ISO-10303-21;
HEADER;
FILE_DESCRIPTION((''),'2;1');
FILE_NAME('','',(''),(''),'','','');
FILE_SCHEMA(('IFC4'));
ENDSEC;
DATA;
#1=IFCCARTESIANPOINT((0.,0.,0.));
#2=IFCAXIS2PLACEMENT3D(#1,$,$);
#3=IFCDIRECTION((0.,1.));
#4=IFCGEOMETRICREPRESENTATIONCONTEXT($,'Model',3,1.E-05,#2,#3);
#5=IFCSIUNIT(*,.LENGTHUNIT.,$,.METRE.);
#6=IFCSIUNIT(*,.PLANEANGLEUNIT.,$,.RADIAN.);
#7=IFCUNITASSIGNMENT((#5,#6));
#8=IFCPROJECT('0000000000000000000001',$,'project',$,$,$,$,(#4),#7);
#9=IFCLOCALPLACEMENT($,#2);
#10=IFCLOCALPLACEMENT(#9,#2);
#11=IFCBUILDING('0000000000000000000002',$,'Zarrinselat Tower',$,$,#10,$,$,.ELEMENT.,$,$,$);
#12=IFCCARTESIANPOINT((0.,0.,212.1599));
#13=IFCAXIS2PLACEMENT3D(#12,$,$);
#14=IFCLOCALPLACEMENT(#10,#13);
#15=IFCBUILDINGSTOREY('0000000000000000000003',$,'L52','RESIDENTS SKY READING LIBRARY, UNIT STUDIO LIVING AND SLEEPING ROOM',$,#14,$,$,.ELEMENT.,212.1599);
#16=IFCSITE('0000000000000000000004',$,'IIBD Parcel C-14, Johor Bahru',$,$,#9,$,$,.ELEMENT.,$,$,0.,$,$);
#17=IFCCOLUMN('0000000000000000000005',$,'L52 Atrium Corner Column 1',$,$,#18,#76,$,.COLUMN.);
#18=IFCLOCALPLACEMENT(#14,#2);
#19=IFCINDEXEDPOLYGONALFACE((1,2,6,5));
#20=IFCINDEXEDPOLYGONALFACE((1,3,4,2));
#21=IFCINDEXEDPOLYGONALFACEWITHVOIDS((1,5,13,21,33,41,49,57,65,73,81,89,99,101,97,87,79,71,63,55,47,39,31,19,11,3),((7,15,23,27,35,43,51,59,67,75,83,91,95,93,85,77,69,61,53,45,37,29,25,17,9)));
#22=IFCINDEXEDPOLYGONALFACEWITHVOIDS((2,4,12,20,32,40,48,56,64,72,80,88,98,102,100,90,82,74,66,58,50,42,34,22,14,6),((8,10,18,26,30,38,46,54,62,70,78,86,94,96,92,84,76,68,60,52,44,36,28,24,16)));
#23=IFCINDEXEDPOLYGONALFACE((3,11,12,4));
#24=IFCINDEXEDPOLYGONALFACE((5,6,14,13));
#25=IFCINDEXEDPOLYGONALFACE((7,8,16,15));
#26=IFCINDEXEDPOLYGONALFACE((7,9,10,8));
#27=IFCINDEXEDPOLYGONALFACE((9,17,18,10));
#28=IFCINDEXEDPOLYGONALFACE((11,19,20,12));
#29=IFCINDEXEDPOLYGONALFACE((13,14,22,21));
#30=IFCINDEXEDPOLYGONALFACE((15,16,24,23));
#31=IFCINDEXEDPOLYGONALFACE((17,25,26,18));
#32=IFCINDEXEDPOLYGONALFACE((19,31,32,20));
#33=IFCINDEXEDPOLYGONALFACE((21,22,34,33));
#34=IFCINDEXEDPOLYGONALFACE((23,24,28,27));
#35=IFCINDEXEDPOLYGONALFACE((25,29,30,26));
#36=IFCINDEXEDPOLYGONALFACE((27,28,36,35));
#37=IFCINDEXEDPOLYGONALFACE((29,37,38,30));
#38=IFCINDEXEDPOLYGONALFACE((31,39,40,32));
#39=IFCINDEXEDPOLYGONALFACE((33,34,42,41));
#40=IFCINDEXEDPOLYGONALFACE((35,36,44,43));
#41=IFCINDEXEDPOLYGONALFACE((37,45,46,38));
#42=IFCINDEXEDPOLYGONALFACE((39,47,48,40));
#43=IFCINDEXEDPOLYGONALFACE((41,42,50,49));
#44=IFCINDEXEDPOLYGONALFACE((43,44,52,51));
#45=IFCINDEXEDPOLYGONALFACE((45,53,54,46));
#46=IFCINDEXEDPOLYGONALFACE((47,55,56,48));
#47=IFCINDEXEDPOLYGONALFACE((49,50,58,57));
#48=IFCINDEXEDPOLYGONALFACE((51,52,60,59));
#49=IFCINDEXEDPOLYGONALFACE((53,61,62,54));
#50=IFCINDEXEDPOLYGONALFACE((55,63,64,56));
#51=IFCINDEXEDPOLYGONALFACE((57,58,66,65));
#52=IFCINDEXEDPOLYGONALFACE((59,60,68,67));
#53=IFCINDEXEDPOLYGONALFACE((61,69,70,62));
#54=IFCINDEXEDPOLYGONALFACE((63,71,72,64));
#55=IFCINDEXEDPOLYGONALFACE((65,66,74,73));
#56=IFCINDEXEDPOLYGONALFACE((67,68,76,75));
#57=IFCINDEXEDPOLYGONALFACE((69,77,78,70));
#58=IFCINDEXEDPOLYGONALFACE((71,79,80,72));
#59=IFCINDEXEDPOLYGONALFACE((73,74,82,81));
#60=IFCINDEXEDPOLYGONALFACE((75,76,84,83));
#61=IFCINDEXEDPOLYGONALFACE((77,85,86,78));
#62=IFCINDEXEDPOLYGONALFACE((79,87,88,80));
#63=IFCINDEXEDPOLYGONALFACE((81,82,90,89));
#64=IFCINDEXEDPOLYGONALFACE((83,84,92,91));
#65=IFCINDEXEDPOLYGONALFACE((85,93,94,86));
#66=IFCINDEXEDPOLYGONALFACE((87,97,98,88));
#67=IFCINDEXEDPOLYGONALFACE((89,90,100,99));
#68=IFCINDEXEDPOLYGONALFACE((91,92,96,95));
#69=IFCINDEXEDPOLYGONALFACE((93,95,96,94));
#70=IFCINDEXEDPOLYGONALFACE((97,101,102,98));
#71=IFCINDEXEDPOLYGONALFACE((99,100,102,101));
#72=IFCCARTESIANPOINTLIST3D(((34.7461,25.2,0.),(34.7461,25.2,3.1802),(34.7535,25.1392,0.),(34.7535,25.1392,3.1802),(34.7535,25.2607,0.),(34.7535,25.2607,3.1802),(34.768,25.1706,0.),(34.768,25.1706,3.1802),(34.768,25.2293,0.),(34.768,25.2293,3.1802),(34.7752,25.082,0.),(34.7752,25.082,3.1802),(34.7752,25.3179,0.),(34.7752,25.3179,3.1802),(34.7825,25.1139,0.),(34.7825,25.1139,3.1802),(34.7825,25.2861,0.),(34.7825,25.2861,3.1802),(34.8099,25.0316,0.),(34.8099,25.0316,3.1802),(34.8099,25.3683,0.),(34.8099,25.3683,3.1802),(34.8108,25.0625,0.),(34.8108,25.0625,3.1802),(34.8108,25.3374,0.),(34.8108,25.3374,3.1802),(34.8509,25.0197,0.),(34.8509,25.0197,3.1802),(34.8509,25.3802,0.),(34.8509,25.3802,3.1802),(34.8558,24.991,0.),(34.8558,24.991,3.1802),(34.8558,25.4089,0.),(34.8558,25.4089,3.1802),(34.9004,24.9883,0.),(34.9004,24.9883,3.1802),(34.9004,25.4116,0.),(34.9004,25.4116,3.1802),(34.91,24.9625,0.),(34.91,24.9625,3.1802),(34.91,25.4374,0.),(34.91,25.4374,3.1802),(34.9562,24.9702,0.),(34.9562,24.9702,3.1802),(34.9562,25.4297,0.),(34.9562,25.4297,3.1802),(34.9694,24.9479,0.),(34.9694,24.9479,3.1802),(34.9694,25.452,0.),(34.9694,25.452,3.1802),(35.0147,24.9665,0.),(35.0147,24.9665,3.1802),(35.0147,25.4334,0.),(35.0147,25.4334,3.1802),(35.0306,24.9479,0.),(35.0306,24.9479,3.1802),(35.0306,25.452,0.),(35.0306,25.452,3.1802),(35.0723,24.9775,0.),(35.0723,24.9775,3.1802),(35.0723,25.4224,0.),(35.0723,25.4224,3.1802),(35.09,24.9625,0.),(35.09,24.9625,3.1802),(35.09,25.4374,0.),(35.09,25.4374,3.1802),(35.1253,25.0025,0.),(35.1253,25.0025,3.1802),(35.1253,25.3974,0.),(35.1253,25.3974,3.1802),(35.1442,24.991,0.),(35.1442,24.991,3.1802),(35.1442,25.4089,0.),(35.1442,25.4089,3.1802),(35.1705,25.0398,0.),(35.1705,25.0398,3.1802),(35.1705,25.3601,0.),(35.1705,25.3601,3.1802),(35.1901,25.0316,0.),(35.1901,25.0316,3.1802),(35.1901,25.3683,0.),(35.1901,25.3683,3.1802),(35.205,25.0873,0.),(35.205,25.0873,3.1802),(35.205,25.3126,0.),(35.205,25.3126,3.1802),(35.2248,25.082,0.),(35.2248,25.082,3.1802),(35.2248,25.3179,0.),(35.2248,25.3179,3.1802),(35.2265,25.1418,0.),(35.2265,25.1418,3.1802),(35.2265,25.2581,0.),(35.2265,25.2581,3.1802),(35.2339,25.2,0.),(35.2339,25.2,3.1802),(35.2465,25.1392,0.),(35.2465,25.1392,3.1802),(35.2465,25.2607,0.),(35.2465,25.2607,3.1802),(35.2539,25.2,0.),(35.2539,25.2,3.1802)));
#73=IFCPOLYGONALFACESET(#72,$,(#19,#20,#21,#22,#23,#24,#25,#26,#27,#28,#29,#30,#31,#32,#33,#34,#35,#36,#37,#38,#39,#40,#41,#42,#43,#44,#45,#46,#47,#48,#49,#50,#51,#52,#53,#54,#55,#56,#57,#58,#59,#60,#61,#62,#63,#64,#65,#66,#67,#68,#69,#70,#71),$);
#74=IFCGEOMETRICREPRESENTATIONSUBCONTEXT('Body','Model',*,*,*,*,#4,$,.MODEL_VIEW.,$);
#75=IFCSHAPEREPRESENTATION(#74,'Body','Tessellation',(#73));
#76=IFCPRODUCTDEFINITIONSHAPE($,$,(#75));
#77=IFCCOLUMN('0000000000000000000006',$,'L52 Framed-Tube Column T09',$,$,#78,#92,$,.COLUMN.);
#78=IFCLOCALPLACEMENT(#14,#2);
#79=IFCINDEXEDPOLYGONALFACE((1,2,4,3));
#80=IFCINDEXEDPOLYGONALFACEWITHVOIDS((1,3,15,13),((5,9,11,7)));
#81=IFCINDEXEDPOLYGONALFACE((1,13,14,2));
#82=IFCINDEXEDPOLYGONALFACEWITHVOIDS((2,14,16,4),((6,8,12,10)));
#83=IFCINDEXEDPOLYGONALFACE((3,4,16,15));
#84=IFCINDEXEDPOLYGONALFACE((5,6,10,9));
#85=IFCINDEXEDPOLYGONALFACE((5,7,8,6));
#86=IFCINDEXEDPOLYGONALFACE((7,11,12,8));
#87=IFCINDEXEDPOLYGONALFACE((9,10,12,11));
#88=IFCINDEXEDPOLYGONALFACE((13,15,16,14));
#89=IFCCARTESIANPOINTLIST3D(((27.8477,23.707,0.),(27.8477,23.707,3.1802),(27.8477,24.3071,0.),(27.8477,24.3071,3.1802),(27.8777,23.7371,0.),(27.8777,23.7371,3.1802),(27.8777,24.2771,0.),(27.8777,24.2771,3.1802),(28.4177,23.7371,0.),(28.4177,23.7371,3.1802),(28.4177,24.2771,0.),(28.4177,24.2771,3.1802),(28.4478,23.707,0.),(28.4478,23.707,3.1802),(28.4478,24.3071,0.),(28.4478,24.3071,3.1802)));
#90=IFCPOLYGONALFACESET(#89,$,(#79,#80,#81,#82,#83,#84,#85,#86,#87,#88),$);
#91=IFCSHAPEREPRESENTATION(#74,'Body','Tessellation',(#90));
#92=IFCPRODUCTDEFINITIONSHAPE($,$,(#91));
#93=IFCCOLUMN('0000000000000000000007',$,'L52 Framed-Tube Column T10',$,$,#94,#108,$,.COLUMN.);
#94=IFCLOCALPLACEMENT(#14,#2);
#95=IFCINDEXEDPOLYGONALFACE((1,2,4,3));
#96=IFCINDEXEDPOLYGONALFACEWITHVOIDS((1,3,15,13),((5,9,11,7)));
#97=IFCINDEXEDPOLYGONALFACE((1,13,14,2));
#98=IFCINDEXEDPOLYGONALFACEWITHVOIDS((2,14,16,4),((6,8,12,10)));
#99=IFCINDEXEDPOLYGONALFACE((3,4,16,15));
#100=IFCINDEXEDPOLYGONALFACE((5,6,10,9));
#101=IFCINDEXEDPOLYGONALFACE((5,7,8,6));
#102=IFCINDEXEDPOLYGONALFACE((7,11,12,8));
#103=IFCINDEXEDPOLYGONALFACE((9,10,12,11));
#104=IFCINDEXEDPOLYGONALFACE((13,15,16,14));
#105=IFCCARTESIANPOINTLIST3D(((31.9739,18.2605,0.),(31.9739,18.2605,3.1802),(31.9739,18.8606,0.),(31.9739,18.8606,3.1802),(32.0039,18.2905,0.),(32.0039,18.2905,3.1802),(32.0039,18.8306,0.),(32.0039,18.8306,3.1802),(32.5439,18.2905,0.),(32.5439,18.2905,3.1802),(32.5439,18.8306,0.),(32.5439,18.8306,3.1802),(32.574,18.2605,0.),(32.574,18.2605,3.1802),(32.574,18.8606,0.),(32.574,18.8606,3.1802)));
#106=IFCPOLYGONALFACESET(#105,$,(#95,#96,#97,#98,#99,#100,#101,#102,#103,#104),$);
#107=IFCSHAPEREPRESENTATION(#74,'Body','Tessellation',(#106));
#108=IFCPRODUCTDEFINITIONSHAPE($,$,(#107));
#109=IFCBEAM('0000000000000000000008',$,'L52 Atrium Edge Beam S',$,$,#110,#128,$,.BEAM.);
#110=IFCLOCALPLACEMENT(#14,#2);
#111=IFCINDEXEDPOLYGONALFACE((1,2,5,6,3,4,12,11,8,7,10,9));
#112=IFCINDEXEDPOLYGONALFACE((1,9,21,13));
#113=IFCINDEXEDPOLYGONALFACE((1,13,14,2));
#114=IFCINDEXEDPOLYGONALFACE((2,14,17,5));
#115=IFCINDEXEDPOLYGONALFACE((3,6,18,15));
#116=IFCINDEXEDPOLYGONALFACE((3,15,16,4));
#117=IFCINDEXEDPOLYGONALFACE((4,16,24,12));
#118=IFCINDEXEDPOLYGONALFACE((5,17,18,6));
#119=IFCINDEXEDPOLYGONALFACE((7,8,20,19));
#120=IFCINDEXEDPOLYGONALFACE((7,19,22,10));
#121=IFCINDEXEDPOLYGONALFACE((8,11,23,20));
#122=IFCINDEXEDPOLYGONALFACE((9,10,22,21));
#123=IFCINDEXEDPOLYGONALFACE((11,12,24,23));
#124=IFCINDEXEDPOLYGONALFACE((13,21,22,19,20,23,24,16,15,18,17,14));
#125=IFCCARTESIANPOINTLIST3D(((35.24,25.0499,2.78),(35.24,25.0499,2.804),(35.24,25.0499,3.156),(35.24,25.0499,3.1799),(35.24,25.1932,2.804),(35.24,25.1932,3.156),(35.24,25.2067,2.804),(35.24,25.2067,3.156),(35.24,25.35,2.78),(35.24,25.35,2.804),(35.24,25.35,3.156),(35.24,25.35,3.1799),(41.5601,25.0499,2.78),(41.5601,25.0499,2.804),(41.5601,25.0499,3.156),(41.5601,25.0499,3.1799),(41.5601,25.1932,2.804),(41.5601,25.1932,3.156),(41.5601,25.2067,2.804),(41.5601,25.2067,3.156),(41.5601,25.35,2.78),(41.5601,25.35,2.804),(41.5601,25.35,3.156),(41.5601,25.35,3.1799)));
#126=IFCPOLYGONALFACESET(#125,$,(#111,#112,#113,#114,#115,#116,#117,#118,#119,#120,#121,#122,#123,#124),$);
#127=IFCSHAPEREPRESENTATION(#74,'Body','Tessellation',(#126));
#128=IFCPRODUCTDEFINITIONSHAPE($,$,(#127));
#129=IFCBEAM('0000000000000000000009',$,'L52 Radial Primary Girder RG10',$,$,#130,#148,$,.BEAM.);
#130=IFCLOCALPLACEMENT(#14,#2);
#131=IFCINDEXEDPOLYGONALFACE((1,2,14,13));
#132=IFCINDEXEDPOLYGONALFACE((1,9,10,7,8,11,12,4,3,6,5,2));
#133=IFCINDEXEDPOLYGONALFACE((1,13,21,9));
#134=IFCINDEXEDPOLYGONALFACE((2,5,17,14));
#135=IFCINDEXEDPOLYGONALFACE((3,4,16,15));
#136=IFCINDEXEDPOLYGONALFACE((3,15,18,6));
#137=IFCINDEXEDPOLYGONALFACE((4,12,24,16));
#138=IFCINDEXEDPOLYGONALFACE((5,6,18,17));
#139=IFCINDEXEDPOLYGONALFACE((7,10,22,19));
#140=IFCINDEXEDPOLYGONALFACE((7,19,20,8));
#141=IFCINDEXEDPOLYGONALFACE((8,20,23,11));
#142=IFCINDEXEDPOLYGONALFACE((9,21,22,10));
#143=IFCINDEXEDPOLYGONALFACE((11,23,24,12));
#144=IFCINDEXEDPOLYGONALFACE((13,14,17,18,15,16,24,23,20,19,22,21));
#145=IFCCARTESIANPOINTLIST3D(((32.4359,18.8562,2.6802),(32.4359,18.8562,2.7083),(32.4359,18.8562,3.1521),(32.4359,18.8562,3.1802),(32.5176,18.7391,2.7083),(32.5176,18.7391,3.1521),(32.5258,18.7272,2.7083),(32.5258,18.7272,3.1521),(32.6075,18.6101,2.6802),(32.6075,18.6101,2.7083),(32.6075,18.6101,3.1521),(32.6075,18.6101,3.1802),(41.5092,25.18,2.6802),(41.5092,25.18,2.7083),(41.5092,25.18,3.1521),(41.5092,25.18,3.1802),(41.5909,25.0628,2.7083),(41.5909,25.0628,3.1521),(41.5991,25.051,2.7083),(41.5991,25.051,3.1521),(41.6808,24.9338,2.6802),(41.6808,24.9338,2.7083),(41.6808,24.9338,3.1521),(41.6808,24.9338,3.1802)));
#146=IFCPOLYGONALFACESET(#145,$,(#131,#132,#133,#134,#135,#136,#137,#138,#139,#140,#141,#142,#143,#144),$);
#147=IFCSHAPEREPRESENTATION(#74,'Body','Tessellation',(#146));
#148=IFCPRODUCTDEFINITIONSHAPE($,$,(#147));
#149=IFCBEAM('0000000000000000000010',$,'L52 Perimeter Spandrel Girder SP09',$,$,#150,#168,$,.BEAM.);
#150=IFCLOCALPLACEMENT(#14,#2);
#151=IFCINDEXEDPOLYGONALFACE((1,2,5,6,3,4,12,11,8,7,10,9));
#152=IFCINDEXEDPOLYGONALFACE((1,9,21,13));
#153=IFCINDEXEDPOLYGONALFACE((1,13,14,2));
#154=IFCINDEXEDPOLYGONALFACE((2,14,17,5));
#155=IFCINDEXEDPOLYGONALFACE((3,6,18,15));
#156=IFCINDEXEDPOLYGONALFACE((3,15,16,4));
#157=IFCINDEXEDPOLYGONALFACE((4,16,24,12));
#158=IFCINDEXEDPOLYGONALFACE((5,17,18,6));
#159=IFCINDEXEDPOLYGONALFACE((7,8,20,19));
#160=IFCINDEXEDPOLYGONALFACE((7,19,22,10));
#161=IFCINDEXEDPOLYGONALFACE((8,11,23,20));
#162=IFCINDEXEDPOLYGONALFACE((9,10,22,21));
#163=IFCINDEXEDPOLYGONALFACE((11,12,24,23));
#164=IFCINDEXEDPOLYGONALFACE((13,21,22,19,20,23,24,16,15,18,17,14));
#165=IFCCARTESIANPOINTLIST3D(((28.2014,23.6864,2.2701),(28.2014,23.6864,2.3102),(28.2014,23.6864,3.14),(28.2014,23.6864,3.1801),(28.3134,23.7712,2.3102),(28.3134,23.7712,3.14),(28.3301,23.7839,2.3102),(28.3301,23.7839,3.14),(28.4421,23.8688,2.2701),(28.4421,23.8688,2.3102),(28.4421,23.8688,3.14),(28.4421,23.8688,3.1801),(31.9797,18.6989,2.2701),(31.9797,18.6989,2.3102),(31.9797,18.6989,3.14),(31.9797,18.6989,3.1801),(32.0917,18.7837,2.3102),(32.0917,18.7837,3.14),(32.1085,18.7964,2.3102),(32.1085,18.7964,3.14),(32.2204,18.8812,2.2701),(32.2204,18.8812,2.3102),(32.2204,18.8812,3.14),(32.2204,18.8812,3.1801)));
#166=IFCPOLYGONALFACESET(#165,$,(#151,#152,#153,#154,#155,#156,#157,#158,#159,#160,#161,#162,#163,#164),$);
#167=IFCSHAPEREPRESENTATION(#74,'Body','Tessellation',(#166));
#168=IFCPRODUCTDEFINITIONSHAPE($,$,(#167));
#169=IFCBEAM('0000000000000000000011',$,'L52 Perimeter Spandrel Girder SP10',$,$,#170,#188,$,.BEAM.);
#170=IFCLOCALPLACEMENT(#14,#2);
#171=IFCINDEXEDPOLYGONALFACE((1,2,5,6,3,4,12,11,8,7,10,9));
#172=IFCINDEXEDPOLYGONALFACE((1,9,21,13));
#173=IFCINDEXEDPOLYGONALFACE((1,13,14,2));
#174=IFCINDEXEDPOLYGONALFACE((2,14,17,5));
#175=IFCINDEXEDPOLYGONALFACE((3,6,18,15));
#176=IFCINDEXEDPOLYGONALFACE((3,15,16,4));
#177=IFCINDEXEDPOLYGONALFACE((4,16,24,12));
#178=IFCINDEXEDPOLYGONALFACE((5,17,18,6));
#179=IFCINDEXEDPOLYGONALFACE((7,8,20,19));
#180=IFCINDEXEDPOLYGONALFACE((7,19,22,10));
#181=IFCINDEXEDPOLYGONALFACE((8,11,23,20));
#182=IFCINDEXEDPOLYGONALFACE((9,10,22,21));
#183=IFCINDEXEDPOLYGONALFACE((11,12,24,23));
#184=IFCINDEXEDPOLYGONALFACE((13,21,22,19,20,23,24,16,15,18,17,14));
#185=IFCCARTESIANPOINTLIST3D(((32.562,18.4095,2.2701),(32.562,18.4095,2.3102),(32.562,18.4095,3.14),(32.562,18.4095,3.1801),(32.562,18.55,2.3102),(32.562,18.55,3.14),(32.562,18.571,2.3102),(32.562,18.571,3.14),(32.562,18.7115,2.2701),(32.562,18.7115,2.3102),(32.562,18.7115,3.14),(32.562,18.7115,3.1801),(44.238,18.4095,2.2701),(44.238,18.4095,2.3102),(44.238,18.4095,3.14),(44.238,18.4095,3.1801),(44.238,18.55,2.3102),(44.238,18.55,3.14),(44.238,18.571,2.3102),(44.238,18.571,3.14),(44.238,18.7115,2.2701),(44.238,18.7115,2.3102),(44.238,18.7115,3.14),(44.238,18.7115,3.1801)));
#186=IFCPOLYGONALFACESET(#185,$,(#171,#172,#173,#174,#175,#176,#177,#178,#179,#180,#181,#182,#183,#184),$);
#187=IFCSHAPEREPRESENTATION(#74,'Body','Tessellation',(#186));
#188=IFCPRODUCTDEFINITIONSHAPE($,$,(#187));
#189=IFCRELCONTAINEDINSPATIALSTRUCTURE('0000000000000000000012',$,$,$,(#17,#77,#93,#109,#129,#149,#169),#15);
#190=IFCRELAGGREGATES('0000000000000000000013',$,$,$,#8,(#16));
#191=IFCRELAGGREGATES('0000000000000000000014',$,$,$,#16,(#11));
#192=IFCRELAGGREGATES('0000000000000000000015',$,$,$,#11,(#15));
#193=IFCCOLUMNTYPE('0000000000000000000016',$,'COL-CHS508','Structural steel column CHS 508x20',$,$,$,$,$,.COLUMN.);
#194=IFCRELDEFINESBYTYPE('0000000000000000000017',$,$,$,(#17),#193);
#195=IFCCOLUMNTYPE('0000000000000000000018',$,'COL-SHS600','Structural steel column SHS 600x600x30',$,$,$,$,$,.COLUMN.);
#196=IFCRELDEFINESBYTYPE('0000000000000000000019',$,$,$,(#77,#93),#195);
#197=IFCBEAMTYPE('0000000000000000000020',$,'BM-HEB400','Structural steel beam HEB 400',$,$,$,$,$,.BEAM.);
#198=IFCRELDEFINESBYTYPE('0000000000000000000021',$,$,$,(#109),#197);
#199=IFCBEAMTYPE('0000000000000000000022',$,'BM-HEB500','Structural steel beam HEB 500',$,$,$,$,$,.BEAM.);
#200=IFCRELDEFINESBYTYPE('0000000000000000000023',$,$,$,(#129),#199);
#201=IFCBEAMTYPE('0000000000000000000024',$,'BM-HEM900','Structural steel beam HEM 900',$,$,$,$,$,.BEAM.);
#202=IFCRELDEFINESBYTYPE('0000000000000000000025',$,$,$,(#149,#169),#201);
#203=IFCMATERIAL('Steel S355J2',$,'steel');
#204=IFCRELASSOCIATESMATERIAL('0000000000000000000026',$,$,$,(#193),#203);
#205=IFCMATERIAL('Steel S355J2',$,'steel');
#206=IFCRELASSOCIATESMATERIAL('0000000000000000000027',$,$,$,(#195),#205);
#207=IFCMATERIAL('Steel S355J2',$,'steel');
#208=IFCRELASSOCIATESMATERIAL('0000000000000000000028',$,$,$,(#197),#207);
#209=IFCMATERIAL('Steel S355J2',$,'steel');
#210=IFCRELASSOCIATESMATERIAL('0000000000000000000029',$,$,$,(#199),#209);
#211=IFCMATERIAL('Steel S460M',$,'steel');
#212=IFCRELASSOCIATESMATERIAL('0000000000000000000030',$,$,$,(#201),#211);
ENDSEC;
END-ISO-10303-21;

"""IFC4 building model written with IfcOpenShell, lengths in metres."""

from ifc_helpers import new_model, si_unit, direction, frame, origin, origin_2d, place, context, subcontext, project, spatial, hollow_rectangle, hollow_circle, i_section, extrude, material, material_profile, profile_set, type_object, element, save


model = new_model("IFC4")

# Units and contexts
model_context = context("Model", 3, precision=1e-05, world=origin(), true_north=direction((0.0, 1.0)))
body_context = subcontext(model_context, "Body", "Model", "MODEL_VIEW")
ifc_project = project(units=[si_unit("LENGTHUNIT", "METRE"), si_unit("PLANEANGLEUNIT", "RADIAN")], contexts=[model_context])

# Site, building, storey
site_placement = place(None, origin())
site = spatial("IfcSite", under=ifc_project, at=site_placement, Name="IIBD Parcel C-14, Johor Bahru", CompositionType="ELEMENT", RefElevation=0.0)
building_placement = place(site_placement, origin())
building = spatial("IfcBuilding", under=site, at=building_placement, Name="Zarrinselat Tower", CompositionType="ELEMENT")
storey_placement = place(building_placement, frame((0.0, 0.0, 212.1599)))
storey = spatial("IfcBuildingStorey", under=building, at=storey_placement, Name="L52", Description="RESIDENTS SKY READING LIBRARY, UNIT STUDIO LIVING AND SLEEPING ROOM", CompositionType="ELEMENT", Elevation=212.1599)

# Columns
ifc_material_1 = material(Name="Steel S355J2", Category="steel")
ifc_material_profile_1 = material_profile(ifc_material_1, hollow_circle(Radius=0.2539, WallThickness=0.02, at=origin_2d()), Name="CHS 508x20")
ifc_profile_set_1 = profile_set([ifc_material_profile_1], Name="Steel S355J2")
column_type_1 = type_object("IfcColumnType", Name="COL-CHS508", Description="Structural steel column CHS 508x20", PredefinedType="COLUMN", material=ifc_profile_set_1)
column_placement = place(storey_placement, frame((35.0, 25.2, 0.0), z_axis=(0.0, 0.0, 1.0), x_axis=(1.0, 0.0, 0.0)))
element("IfcColumn", 1, at=column_placement, inside=storey, type_object=column_type_1, Name="L52 Atrium Corner Column 1", PredefinedType="COLUMN", context=body_context, shape_type="SweptSolid", body=[
    extrude(hollow_circle(Radius=0.2539, WallThickness=0.02, at=origin_2d()), origin(), (0.0, 0.0, 1.0), 3.1802),
])
ifc_material_2 = material(Name="Steel S355J2", Category="steel")
ifc_material_profile_2 = material_profile(ifc_material_2, hollow_rectangle(XDim=0.6001, YDim=0.6001, WallThickness=0.03, at=origin_2d()), Name="SHS 600x600x30")
ifc_profile_set_2 = profile_set([ifc_material_profile_2], Name="Steel S355J2")
column_type_2 = type_object("IfcColumnType", Name="COL-SHS600", Description="Structural steel column SHS 600x600x30", PredefinedType="COLUMN", material=ifc_profile_set_2)
for number, where, z_axis, x_axis, name in (
    (2, (28.1477, 24.0071, 0.0), (0.0, 0.0, 1.0), (1.0, 0.0, 0.0), "L52 Framed-Tube Column T09"),
    (3, (32.2739, 18.5605, 0.0), (0.0, 0.0, 1.0), (1.0, 0.0, 0.0), "L52 Framed-Tube Column T10"),
):
    element("IfcColumn", number, at=place(storey_placement, frame(where, z_axis=z_axis, x_axis=x_axis)), inside=storey, type_object=column_type_2, Name=name, PredefinedType="COLUMN", context=body_context, shape_type="SweptSolid", body=[
        extrude(hollow_rectangle(XDim=0.6001, YDim=0.6001, WallThickness=0.03, at=origin_2d()), origin(), (0.0, 0.0, 1.0), 3.1802),
    ])

# Beams
ifc_material_3 = material(Name="Steel S355J2", Category="steel")
ifc_material_profile_3 = material_profile(ifc_material_3, i_section(OverallWidth=0.3, OverallDepth=0.3999, WebThickness=0.0134, FlangeThickness=0.0239, at=origin_2d()), Name="HEB 400")
ifc_profile_set_3 = profile_set([ifc_material_profile_3], Name="Steel S355J2")
beam_type_1 = type_object("IfcBeamType", Name="BM-HEB400", Description="Structural steel beam HEB 400", PredefinedType="BEAM", material=ifc_profile_set_3)
beam_1_placement = place(storey_placement, frame((35.24, 25.2, 2.98), z_axis=(1.0, 0.0, 0.0), x_axis=(0.0, 1.0, 0.0)))
element("IfcBeam", 4, at=beam_1_placement, inside=storey, type_object=beam_type_1, Name="L52 Atrium Edge Beam S", PredefinedType="BEAM", context=body_context, shape_type="SweptSolid", body=[
    extrude(i_section(OverallWidth=0.3, OverallDepth=0.3999, WebThickness=0.0134, FlangeThickness=0.0239, at=origin_2d()), origin(), (0.0, 0.0, 1.0), 6.3201),
])
ifc_material_4 = material(Name="Steel S355J2", Category="steel")
ifc_material_profile_4 = material_profile(ifc_material_4, i_section(OverallWidth=0.3, OverallDepth=0.5, WebThickness=0.0144, FlangeThickness=0.0281, at=origin_2d()), Name="HEB 500")
ifc_profile_set_4 = profile_set([ifc_material_profile_4], Name="Steel S355J2")
beam_type_2 = type_object("IfcBeamType", Name="BM-HEB500", Description="Structural steel beam HEB 500", PredefinedType="BEAM", material=ifc_profile_set_4)
beam_2_placement = place(storey_placement, frame((32.5217, 18.7332, 2.9302), z_axis=(0.8204, 0.57179, 0.0), x_axis=(-0.57179, 0.8204, 0.0)))
element("IfcBeam", 5, at=beam_2_placement, inside=storey, type_object=beam_type_2, Name="L52 Radial Primary Girder RG10", PredefinedType="BEAM", context=body_context, shape_type="SweptSolid", body=[
    extrude(i_section(OverallWidth=0.3, OverallDepth=0.5, WebThickness=0.0144, FlangeThickness=0.0281, at=origin_2d()), origin(), (0.0, 0.0, 1.0), 11.0596),
])
ifc_material_5 = material(Name="Steel S460M", Category="steel")
ifc_material_profile_5 = material_profile(ifc_material_5, i_section(OverallWidth=0.302, OverallDepth=0.9099, WebThickness=0.021, FlangeThickness=0.04, at=origin_2d()), Name="HEM 900")
ifc_profile_set_5 = profile_set([ifc_material_profile_5], Name="Steel S460M")
beam_type_3 = type_object("IfcBeamType", Name="BM-HEM900", Description="Structural steel beam HEM 900", PredefinedType="BEAM", material=ifc_profile_set_5)
beam_3_placement = place(storey_placement, frame((28.3218, 23.7776, 2.7251), z_axis=(0.603845, -0.797102, 0.0), x_axis=(0.797102, 0.603845, 0.0)))
element("IfcBeam", 6, at=beam_3_placement, inside=storey, type_object=beam_type_3, Name="L52 Perimeter Spandrel Girder SP09", PredefinedType="BEAM", context=body_context, shape_type="SweptSolid", body=[
    extrude(i_section(OverallWidth=0.302, OverallDepth=0.9099, WebThickness=0.021, FlangeThickness=0.04, at=origin_2d()), origin(), (0.0, 0.0, 1.0), 6.2571),
])
beam_4_placement = place(storey_placement, frame((32.562, 18.5605, 2.7251), z_axis=(1.0, 0.0, 0.0), x_axis=(0.0, 1.0, 0.0)))
element("IfcBeam", 7, at=beam_4_placement, inside=storey, type_object=beam_type_3, Name="L52 Perimeter Spandrel Girder SP10", PredefinedType="BEAM", context=body_context, shape_type="SweptSolid", body=[
    extrude(i_section(OverallWidth=0.302, OverallDepth=0.9099, WebThickness=0.021, FlangeThickness=0.04, at=origin_2d()), origin(), (0.0, 0.0, 1.0), 11.676),
])

save(model, "model.ifc")
